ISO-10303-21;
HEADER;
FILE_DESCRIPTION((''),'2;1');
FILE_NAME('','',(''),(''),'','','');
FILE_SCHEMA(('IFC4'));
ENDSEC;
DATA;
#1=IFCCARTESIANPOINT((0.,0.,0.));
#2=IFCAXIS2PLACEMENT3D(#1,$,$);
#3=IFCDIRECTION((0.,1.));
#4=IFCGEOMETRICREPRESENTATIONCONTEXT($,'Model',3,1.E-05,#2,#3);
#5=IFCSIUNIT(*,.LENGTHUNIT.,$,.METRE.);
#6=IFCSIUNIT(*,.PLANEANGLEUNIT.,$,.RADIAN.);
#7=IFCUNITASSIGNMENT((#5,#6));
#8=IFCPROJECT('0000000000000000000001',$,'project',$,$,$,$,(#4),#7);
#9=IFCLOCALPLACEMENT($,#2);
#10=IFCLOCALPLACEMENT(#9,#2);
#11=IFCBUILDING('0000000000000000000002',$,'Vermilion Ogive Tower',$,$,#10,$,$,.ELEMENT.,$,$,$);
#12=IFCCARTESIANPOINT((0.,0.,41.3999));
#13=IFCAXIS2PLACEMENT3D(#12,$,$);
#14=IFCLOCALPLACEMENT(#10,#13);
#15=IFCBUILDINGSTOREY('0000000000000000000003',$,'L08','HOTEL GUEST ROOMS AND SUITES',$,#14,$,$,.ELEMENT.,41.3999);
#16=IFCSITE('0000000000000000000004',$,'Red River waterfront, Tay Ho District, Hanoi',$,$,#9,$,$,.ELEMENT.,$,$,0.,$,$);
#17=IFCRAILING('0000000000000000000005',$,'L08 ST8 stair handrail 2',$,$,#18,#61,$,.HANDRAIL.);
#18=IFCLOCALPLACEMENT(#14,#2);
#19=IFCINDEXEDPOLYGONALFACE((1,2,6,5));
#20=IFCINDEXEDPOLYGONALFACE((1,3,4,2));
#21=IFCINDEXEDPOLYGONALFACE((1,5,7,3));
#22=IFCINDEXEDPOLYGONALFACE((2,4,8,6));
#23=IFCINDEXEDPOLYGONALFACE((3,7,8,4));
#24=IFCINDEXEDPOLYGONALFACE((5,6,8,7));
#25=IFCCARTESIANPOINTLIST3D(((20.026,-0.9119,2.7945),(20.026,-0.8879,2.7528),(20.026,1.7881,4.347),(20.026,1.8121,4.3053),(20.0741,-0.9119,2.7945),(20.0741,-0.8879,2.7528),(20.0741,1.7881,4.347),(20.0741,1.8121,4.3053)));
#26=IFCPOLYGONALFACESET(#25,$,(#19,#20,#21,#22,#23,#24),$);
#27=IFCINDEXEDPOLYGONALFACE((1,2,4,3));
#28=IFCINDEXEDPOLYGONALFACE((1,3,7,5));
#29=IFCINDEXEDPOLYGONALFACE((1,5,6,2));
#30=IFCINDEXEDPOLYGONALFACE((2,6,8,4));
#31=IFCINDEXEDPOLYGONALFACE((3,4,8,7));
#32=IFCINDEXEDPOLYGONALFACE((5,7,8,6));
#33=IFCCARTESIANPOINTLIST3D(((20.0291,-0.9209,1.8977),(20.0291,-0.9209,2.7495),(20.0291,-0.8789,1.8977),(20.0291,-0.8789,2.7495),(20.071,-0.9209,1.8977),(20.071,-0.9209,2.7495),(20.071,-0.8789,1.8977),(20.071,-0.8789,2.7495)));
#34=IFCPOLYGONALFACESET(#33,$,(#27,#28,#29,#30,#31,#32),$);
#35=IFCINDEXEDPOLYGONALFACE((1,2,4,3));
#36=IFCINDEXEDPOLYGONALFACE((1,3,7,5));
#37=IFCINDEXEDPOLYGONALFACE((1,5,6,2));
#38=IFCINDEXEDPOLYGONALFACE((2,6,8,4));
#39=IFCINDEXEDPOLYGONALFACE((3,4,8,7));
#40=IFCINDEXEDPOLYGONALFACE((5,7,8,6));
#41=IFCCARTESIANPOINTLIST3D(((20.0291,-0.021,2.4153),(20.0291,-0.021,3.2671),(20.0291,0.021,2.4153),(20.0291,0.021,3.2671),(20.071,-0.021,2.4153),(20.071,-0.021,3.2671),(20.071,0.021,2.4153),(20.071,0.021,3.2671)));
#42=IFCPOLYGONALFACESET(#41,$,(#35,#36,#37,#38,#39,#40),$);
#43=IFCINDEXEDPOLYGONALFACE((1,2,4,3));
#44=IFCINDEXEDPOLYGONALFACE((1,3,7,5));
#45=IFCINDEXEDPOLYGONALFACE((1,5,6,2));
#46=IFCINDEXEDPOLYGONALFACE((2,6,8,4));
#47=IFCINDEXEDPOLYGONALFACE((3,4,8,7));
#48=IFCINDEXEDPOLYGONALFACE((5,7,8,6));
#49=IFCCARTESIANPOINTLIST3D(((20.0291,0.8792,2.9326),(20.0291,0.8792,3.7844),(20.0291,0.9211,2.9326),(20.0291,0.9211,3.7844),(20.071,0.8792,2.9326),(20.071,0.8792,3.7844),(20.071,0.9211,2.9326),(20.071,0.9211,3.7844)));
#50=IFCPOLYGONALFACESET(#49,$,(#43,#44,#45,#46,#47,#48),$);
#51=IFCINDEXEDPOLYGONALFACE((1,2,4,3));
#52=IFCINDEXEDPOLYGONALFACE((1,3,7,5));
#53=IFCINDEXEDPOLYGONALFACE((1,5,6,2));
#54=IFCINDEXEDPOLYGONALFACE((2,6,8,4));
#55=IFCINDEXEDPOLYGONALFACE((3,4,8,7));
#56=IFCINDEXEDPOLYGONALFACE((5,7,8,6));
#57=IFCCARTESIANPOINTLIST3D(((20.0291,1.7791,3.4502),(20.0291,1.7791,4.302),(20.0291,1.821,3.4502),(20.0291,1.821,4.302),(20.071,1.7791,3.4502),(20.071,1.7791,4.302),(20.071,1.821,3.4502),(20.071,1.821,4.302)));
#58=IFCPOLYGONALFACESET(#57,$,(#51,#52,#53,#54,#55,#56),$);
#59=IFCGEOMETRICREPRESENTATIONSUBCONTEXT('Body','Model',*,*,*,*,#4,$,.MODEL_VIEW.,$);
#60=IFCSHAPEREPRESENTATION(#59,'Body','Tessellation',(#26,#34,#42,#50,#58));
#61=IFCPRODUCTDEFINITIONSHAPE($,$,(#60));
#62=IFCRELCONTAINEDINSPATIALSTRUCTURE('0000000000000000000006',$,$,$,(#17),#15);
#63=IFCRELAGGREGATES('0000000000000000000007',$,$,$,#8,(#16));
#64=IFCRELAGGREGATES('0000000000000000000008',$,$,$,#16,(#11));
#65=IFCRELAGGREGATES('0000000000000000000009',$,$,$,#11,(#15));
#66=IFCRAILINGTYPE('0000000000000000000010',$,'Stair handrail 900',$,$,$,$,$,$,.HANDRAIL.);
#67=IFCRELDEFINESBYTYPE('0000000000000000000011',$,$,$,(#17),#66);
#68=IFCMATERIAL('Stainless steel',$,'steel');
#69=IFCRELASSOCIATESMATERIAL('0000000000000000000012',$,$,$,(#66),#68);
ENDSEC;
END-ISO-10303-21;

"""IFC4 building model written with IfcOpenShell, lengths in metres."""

from ifc_helpers import new_model, si_unit, direction, frame, origin, origin_2d, place, context, subcontext, project, spatial, rectangle, extrude, material, type_object, element, save


model = new_model("IFC4")

# Units and contexts
model_context = context("Model", 3, precision=1e-05, world=origin(), true_north=direction((0.0, 1.0)))
body_context = subcontext(model_context, "Body", "Model", "MODEL_VIEW")
ifc_project = project(units=[si_unit("LENGTHUNIT", "METRE"), si_unit("PLANEANGLEUNIT", "RADIAN")], contexts=[model_context])

# Site, building, storey
site_placement = place(None, origin())
site = spatial("IfcSite", under=ifc_project, at=site_placement, Name="Red River waterfront, Tay Ho District, Hanoi", CompositionType="ELEMENT", RefElevation=0.0)
building_placement = place(site_placement, origin())
building = spatial("IfcBuilding", under=site, at=building_placement, Name="Vermilion Ogive Tower", CompositionType="ELEMENT")
storey_placement = place(building_placement, frame((0.0, 0.0, 41.3999)))
storey = spatial("IfcBuildingStorey", under=building, at=storey_placement, Name="L08", Description="HOTEL GUEST ROOMS AND SUITES", CompositionType="ELEMENT", Elevation=41.3999)

# Railing
ifc_material_1 = material(Name="Stainless steel", Category="steel")
railing_type_1 = type_object("IfcRailingType", Name="Stair handrail 900", PredefinedType="HANDRAIL", material=ifc_material_1)
railing_1_placement = place(storey_placement, frame((20.05, -0.8999, 1.8977)))
element("IfcRailing", 1, at=railing_1_placement, inside=storey, type_object=railing_type_1, Name="L08 ST8 stair handrail 2", PredefinedType="HANDRAIL", context=body_context, shape_type="SweptSolid", body=[
    extrude(rectangle(XDim=0.0481, YDim=0.0481, at=origin_2d()), frame((0.0, 0.0, 0.876), z_axis=(0.0, 0.866904, 0.498476), x_axis=(-1.0, 0.0, 0.0)), (0.0, 0.0, 1.0), 3.1145),
    extrude(rectangle(XDim=0.042, YDim=0.042, at=origin_2d()), origin(), (0.0, 0.0, 1.0), 0.8518),
    extrude(rectangle(XDim=0.042, YDim=0.042, at=origin_2d()), frame((0.0, 0.8999, 0.5176)), (0.0, 0.0, 1.0), 0.8518),
    extrude(rectangle(XDim=0.042, YDim=0.042, at=origin_2d()), frame((0.0, 1.8, 1.0349)), (0.0, 0.0, 1.0), 0.8518),
    extrude(rectangle(XDim=0.042, YDim=0.042, at=origin_2d()), frame((0.0, 2.7, 1.5525)), (0.0, 0.0, 1.0), 0.8518),
])

save(model, "model.ifc")
